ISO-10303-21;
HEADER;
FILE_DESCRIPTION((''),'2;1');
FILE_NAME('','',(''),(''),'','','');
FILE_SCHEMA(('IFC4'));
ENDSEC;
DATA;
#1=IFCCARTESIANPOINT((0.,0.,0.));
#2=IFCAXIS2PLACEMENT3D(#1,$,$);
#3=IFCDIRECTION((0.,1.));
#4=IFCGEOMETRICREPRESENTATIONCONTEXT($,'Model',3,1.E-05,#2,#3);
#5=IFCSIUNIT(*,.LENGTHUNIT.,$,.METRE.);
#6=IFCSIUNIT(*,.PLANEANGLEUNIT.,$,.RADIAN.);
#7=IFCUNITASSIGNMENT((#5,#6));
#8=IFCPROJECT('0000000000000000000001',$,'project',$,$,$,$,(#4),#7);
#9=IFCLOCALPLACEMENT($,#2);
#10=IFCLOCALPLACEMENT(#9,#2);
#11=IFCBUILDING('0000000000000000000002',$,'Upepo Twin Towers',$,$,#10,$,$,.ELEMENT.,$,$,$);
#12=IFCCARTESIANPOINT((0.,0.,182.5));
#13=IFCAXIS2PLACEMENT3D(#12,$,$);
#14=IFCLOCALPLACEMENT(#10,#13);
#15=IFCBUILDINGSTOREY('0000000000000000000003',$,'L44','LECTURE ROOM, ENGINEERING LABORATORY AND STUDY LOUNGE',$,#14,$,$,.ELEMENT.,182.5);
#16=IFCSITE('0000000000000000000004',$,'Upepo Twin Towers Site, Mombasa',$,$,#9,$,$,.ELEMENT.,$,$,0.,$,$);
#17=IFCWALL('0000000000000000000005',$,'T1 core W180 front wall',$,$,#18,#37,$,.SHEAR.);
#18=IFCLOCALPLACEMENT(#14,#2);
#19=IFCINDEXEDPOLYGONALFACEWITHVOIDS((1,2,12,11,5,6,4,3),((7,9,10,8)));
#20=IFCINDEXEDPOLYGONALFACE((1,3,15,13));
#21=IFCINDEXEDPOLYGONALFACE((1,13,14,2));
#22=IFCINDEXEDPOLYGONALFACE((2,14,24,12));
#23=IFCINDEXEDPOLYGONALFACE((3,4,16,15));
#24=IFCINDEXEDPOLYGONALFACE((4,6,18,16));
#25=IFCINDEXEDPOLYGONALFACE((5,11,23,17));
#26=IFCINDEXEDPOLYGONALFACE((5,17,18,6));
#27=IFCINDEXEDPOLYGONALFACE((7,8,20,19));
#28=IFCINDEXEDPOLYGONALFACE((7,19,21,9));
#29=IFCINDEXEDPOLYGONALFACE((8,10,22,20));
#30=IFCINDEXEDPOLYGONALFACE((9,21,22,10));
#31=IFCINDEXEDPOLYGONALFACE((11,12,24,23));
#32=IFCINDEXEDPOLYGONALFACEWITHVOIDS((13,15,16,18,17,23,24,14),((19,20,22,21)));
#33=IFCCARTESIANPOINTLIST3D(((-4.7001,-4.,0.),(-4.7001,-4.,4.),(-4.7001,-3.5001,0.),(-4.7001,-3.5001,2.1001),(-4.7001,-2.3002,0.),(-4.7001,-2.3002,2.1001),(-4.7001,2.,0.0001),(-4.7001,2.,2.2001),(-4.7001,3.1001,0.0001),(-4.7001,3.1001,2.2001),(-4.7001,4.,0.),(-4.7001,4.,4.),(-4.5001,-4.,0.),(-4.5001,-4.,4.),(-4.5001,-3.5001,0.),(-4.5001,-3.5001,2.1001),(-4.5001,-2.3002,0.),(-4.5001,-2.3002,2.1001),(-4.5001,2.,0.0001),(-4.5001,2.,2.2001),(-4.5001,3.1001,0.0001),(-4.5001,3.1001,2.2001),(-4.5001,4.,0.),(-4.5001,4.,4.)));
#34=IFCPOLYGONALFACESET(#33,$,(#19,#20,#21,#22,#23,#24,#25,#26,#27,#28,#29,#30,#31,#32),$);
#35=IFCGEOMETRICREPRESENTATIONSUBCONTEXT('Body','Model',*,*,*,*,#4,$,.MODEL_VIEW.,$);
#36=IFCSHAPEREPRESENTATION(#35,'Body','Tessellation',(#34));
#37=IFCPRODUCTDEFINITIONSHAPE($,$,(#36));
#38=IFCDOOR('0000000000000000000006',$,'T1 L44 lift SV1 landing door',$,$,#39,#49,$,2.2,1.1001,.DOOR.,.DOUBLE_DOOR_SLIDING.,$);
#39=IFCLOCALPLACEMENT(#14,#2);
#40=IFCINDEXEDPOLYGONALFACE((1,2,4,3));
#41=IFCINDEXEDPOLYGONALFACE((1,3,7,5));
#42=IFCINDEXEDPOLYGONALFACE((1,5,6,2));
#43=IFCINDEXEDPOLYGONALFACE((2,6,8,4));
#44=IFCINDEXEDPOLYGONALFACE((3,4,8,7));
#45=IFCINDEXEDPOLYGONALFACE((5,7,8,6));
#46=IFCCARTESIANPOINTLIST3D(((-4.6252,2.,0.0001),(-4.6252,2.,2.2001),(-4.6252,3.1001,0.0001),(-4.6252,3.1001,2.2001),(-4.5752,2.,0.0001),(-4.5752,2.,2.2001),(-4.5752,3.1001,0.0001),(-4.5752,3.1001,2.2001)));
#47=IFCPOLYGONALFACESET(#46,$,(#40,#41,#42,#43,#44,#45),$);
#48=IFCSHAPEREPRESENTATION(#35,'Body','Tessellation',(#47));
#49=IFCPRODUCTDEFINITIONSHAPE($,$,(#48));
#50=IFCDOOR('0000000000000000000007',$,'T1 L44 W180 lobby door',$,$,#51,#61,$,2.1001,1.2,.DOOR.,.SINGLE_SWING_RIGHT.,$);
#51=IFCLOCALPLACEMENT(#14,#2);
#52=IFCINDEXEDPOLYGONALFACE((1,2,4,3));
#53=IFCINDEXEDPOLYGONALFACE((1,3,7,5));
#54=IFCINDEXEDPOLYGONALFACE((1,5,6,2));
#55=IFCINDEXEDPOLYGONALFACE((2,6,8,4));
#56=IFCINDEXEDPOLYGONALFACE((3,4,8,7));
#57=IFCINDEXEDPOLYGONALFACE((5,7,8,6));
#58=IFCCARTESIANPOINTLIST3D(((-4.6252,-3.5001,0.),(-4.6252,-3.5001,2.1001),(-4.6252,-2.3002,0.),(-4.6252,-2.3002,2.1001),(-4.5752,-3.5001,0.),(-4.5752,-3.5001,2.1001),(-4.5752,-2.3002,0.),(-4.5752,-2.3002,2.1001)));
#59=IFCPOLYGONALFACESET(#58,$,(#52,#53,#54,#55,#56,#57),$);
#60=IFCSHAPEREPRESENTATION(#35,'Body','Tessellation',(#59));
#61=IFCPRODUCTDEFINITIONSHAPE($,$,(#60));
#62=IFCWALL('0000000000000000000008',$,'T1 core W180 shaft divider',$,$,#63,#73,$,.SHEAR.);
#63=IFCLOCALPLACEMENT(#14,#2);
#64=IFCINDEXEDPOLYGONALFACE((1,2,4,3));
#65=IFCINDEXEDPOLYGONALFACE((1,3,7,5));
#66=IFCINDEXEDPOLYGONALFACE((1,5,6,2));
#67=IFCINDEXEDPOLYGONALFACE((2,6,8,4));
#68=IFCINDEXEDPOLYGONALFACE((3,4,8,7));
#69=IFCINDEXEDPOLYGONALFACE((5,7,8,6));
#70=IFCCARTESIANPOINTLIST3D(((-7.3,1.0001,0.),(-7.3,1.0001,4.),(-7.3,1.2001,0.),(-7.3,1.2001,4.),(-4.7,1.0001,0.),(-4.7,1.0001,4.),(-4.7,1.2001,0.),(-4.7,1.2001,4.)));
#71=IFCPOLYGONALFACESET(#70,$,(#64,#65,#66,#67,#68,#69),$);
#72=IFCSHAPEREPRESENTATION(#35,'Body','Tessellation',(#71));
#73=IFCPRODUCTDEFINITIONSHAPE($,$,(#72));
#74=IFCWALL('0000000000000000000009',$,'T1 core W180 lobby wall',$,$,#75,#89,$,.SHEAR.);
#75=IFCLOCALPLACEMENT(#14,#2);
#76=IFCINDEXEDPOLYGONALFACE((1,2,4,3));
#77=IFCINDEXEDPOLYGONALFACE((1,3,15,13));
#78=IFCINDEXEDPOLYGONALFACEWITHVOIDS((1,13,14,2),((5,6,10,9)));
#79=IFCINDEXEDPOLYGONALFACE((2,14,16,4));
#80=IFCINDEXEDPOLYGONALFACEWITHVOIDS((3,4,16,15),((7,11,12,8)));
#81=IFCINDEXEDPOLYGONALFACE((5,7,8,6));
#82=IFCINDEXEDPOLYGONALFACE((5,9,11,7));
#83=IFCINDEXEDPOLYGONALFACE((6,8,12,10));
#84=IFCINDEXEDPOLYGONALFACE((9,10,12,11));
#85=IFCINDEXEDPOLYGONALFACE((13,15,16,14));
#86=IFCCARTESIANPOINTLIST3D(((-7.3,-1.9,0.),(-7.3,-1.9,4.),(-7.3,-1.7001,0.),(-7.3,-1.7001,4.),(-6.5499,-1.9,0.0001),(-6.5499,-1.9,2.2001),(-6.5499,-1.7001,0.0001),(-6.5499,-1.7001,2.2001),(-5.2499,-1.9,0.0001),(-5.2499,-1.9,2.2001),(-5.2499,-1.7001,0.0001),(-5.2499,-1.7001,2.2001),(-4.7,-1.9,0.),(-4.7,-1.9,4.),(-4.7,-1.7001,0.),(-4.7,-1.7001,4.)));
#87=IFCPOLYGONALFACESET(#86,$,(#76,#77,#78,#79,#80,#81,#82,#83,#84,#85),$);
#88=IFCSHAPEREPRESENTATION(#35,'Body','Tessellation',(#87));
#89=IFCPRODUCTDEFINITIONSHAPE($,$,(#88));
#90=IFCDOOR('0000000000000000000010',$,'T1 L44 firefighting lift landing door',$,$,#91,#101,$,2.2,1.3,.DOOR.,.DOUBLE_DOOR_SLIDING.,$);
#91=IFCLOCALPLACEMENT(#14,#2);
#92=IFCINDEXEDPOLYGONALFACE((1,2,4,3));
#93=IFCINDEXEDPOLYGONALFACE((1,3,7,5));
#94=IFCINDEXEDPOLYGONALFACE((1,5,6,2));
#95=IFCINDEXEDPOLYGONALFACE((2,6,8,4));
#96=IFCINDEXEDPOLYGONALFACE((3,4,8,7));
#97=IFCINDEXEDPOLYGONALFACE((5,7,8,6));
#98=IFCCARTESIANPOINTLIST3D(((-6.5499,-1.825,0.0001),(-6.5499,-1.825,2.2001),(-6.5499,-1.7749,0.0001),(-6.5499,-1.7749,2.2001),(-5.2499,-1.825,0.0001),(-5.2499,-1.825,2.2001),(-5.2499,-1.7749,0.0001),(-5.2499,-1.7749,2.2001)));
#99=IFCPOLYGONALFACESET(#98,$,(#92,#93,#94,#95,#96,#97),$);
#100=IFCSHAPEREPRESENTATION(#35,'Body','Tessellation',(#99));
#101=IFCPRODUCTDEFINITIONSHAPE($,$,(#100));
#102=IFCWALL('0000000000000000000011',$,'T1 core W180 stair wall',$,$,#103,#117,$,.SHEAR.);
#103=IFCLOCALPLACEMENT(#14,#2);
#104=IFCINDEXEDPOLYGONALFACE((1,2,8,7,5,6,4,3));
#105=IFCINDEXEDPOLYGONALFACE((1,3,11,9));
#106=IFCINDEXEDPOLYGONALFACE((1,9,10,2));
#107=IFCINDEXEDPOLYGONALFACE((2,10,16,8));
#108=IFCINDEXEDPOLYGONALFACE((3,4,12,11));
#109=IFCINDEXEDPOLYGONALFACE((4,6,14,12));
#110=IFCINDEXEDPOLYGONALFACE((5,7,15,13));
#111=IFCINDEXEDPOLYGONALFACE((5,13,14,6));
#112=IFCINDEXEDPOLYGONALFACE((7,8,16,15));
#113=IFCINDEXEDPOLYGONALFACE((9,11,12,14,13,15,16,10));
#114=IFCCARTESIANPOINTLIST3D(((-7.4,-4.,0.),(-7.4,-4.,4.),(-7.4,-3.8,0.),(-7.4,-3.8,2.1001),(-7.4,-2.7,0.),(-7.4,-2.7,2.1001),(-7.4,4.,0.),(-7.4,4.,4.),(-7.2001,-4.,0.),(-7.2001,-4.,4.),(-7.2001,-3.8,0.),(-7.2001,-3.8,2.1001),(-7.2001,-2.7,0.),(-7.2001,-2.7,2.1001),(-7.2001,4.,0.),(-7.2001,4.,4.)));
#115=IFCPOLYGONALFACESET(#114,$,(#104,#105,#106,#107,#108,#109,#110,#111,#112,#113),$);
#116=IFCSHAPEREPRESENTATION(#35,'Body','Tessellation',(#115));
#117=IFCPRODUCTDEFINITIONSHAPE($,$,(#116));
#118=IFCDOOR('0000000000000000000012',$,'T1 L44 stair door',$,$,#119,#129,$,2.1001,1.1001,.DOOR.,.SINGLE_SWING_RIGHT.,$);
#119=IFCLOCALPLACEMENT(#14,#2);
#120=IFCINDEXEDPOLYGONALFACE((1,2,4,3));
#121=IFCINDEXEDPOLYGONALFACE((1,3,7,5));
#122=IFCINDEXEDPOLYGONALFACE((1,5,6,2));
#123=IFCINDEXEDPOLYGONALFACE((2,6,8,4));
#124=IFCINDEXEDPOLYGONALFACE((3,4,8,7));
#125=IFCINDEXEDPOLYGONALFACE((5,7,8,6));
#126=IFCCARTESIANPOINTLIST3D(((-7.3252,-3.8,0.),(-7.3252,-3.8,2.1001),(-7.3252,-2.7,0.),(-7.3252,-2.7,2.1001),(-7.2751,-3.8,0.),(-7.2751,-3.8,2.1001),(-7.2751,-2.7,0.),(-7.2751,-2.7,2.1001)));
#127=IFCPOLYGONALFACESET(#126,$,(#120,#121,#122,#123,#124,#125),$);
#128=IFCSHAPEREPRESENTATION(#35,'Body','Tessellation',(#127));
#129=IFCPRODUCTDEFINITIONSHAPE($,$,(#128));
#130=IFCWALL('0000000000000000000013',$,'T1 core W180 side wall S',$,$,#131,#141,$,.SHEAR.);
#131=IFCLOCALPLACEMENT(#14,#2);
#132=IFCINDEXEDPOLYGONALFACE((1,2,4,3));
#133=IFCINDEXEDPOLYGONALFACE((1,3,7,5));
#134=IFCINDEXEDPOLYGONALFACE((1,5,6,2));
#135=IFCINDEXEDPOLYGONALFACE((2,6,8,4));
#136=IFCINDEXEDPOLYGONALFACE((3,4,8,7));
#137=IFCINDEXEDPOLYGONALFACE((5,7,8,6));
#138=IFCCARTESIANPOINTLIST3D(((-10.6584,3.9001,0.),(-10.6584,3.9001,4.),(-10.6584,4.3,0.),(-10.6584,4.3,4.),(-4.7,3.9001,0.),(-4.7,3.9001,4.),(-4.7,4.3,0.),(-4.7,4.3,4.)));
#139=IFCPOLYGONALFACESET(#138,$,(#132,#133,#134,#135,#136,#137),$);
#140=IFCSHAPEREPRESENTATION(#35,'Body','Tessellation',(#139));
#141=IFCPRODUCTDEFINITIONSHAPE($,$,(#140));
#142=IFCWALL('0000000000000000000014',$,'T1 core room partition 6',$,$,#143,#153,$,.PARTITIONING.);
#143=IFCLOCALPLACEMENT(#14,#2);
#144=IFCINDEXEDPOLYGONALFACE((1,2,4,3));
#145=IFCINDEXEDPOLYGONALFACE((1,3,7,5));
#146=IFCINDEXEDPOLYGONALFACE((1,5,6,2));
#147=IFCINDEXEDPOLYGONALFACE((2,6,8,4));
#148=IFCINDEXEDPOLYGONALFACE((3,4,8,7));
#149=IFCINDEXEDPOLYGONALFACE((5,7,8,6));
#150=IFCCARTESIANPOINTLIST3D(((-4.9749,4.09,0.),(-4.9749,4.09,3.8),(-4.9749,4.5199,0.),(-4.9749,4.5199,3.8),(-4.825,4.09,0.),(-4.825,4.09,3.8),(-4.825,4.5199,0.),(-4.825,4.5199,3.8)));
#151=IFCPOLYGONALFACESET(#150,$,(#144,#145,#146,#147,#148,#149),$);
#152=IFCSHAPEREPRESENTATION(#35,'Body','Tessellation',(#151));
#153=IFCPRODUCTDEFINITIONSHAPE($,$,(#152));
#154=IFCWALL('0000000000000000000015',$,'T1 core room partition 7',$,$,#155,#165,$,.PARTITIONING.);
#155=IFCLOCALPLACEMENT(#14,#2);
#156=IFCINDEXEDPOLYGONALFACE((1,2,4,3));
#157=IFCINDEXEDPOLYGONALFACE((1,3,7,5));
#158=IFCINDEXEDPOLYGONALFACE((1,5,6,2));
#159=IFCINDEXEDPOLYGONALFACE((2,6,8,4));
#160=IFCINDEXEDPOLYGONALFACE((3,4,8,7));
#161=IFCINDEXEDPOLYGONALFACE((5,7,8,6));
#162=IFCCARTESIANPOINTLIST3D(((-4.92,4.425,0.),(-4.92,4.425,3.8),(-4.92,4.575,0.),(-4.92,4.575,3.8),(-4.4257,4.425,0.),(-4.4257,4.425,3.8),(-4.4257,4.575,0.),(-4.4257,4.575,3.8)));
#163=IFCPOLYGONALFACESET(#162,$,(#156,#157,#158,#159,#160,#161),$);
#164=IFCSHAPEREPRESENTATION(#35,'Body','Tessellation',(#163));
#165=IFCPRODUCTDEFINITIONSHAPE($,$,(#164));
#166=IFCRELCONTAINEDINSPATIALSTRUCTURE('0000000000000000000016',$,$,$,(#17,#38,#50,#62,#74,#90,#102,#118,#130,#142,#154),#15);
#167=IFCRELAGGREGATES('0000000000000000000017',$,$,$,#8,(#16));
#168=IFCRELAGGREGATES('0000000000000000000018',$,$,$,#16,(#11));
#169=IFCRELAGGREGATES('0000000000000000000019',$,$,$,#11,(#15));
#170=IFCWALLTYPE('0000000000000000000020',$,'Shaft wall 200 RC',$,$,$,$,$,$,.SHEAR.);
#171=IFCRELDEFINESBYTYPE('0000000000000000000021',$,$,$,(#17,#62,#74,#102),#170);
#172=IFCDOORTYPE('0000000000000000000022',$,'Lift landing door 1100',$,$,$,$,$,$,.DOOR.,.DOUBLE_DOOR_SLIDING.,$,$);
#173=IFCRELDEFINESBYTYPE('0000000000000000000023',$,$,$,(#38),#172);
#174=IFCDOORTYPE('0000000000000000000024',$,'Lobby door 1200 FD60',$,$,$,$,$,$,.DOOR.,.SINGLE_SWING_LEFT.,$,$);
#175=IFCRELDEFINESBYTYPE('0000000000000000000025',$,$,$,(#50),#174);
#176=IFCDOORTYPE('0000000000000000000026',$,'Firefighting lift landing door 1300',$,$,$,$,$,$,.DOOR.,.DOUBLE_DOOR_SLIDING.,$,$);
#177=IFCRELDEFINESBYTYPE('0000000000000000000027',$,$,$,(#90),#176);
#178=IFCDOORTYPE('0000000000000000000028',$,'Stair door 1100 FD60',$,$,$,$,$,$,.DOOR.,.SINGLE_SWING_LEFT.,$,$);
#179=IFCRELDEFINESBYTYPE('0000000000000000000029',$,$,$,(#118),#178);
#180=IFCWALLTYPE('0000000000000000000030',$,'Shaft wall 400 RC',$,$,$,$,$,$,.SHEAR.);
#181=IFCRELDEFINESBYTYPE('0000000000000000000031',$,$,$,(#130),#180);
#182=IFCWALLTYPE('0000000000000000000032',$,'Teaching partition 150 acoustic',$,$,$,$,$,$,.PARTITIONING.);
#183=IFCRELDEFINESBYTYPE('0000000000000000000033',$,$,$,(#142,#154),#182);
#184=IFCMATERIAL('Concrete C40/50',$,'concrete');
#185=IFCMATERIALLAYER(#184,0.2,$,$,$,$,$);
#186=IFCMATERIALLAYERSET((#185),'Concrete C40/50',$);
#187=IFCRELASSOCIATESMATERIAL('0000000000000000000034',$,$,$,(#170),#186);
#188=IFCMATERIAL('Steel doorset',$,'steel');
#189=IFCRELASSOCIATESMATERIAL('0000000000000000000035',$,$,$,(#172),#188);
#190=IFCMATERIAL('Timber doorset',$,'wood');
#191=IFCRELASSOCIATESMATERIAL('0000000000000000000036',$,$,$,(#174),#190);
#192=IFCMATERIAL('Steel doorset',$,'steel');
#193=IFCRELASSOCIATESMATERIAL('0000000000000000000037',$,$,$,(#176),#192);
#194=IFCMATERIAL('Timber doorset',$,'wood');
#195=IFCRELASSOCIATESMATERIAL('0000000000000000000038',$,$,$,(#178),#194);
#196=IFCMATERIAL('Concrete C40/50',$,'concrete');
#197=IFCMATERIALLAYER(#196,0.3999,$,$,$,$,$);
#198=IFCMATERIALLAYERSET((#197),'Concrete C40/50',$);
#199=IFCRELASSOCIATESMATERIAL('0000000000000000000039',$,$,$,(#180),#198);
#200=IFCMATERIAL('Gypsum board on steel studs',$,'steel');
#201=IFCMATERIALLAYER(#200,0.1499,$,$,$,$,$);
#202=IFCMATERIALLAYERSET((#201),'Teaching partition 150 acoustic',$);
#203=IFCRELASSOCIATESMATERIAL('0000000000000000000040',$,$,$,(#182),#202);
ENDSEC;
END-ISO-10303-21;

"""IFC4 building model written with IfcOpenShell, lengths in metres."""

from ifc_helpers import new_model, si_unit, direction, frame, frame_2d, origin, place, context, subcontext, project, spatial, rectangle, extrude, material, layer, layer_set, type_object, element, fill, save


model = new_model("IFC4")

# Units and contexts
model_context = context("Model", 3, precision=1e-05, world=origin(), true_north=direction((0.0, 1.0)))
body_context = subcontext(model_context, "Body", "Model", "MODEL_VIEW")
ifc_project = project(units=[si_unit("LENGTHUNIT", "METRE"), si_unit("PLANEANGLEUNIT", "RADIAN")], contexts=[model_context])

# Site, building, storey
site_placement = place(None, origin())
site = spatial("IfcSite", under=ifc_project, at=site_placement, Name="Upepo Twin Towers Site, Mombasa", CompositionType="ELEMENT", RefElevation=0.0)
building_placement = place(site_placement, origin())
building = spatial("IfcBuilding", under=site, at=building_placement, Name="Upepo Twin Towers", CompositionType="ELEMENT")
storey_placement = place(building_placement, frame((0.0, 0.0, 182.5)))
storey = spatial("IfcBuildingStorey", under=building, at=storey_placement, Name="L44", Description="LECTURE ROOM, ENGINEERING LABORATORY AND STUDY LOUNGE", CompositionType="ELEMENT", Elevation=182.5)

# Wall, openings, doors
ifc_material_1 = material(Name="Concrete C40/50", Category="concrete")
ifc_layer_1 = layer(ifc_material_1, 0.2)
ifc_layer_set_1 = layer_set([ifc_layer_1], Name="Concrete C40/50")
wall_type_1 = type_object("IfcWallType", Name="Shaft wall 200 RC", PredefinedType="SHEAR", material=ifc_layer_set_1)
wall_1_placement = place(storey_placement, frame((-4.6001, 4.0, 0.0), z_axis=(0.0, 0.0, 1.0), x_axis=(0.0, -1.0, 0.0)))
wall_1 = element("IfcWall", 1, at=wall_1_placement, inside=storey, type_object=wall_type_1, Name="T1 core W180 front wall", PredefinedType="SHEAR", context=body_context, shape_type="SweptSolid", body=[
    extrude(rectangle(XDim=8.0, YDim=0.2, at=frame_2d((4.0, 0.0))), origin(), (0.0, 0.0, 1.0), 4.0),
])
opening_1_placement = place(wall_1_placement, frame((6.3, 0.0, 0.0)))
opening_1 = element("IfcOpeningElement", 2, at=opening_1_placement, cuts=wall_1, PredefinedType="OPENING", context=body_context, shape_type="SweptSolid", body=[
    extrude(rectangle(XDim=1.2, YDim=2.1001, at=frame_2d((0.6001, 1.05))), frame((0.0, 0.1099, 0.0), z_axis=(0.0, -1.0, 0.0), x_axis=(1.0, 0.0, 0.0)), (0.0, 0.0, 1.0), 0.22),
])
opening_2_placement = place(wall_1_placement, frame((0.8999, 0.0, 0.0)))
opening_2 = element("IfcOpeningElement", 3, at=opening_2_placement, cuts=wall_1, PredefinedType="OPENING", context=body_context, shape_type="SweptSolid", body=[
    extrude(rectangle(XDim=1.1001, YDim=2.2, at=frame_2d((0.55, 1.1001))), frame((0.0, 0.1099, 0.0), z_axis=(0.0, -1.0, 0.0), x_axis=(1.0, 0.0, 0.0)), (0.0, 0.0, 1.0), 0.22),
])
ifc_material_2 = material(Name="Steel doorset", Category="steel")
door_type_1 = type_object("IfcDoorType", Name="Lift landing door 1100", OperationType="DOUBLE_DOOR_SLIDING", PredefinedType="DOOR", material=ifc_material_2)
door_1_placement = place(opening_2_placement, origin())
door_1 = element("IfcDoor", 4, at=door_1_placement, inside=storey, type_object=door_type_1, Name="T1 L44 lift SV1 landing door", OperationType="DOUBLE_DOOR_SLIDING", OverallHeight=2.2, OverallWidth=1.1001, PredefinedType="DOOR", context=body_context, shape_type="SweptSolid", body=[
    extrude(rectangle(XDim=1.1001, YDim=2.2, at=frame_2d((0.55, 1.1001))), frame((0.0, 0.0249, 0.0), z_axis=(0.0, -1.0, 0.0), x_axis=(1.0, 0.0, 0.0)), (0.0, 0.0, 1.0), 0.05),
])
fill(opening_2, door_1)
ifc_material_3 = material(Name="Timber doorset", Category="wood")
door_type_2 = type_object("IfcDoorType", Name="Lobby door 1200 FD60", OperationType="SINGLE_SWING_LEFT", PredefinedType="DOOR", material=ifc_material_3)
door_2_placement = place(opening_1_placement, origin())
door_2 = element("IfcDoor", 5, at=door_2_placement, inside=storey, type_object=door_type_2, Name="T1 L44 W180 lobby door", OperationType="SINGLE_SWING_RIGHT", OverallHeight=2.1001, OverallWidth=1.2, PredefinedType="DOOR", context=body_context, shape_type="SweptSolid", body=[
    extrude(rectangle(XDim=1.2, YDim=2.1001, at=frame_2d((0.6001, 1.05))), frame((0.0, 0.0249, 0.0), z_axis=(0.0, -1.0, 0.0), x_axis=(1.0, 0.0, 0.0)), (0.0, 0.0, 1.0), 0.05),
])
fill(opening_1, door_2)

# Wall
wall_2_placement = place(storey_placement, frame((-4.7, 1.1001, 0.0), z_axis=(0.0, 0.0, 1.0), x_axis=(-1.0, 0.0, 0.0)))
element("IfcWall", 6, at=wall_2_placement, inside=storey, type_object=wall_type_1, Name="T1 core W180 shaft divider", PredefinedType="SHEAR", context=body_context, shape_type="SweptSolid", body=[
    extrude(rectangle(XDim=2.6001, YDim=0.2, at=frame_2d((1.3, 0.0))), origin(), (0.0, 0.0, 1.0), 4.0),
])

# Walls, openings, doors
wall_3_placement = place(storey_placement, frame((-4.7, -1.8, 0.0), z_axis=(0.0, 0.0, 1.0), x_axis=(-1.0, 0.0, 0.0)))
wall_3 = element("IfcWall", 7, at=wall_3_placement, inside=storey, type_object=wall_type_1, Name="T1 core W180 lobby wall", PredefinedType="SHEAR", context=body_context, shape_type="SweptSolid", body=[
    extrude(rectangle(XDim=2.6001, YDim=0.2, at=frame_2d((1.3, 0.0))), origin(), (0.0, 0.0, 1.0), 4.0),
])
opening_3_placement = place(wall_3_placement, frame((0.55, 0.0, 0.0)))
opening_3 = element("IfcOpeningElement", 8, at=opening_3_placement, cuts=wall_3, PredefinedType="OPENING", context=body_context, shape_type="SweptSolid", body=[
    extrude(rectangle(XDim=1.3, YDim=2.2, at=frame_2d((0.6499, 1.1001))), frame((0.0, 0.1099, 0.0), z_axis=(0.0, -1.0, 0.0), x_axis=(1.0, 0.0, 0.0)), (0.0, 0.0, 1.0), 0.22),
])
ifc_material_4 = material(Name="Steel doorset", Category="steel")
door_type_3 = type_object("IfcDoorType", Name="Firefighting lift landing door 1300", OperationType="DOUBLE_DOOR_SLIDING", PredefinedType="DOOR", material=ifc_material_4)
door_3_placement = place(opening_3_placement, origin())
door_3 = element("IfcDoor", 9, at=door_3_placement, inside=storey, type_object=door_type_3, Name="T1 L44 firefighting lift landing door", OperationType="DOUBLE_DOOR_SLIDING", OverallHeight=2.2, OverallWidth=1.3, PredefinedType="DOOR", context=body_context, shape_type="SweptSolid", body=[
    extrude(rectangle(XDim=1.3, YDim=2.2, at=frame_2d((0.6499, 1.1001))), frame((0.0, 0.0249, 0.0), z_axis=(0.0, -1.0, 0.0), x_axis=(1.0, 0.0, 0.0)), (0.0, 0.0, 1.0), 0.05),
])
fill(opening_3, door_3)
wall_4_placement = place(storey_placement, frame((-7.3, 4.0, 0.0), z_axis=(0.0, 0.0, 1.0), x_axis=(0.0, -1.0, 0.0)))
wall_4 = element("IfcWall", 10, at=wall_4_placement, inside=storey, type_object=wall_type_1, Name="T1 core W180 stair wall", PredefinedType="SHEAR", context=body_context, shape_type="SweptSolid", body=[
    extrude(rectangle(XDim=8.0, YDim=0.2, at=frame_2d((4.0, 0.0))), origin(), (0.0, 0.0, 1.0), 4.0),
])
opening_4_placement = place(wall_4_placement, frame((6.7, 0.0, 0.0)))
opening_4 = element("IfcOpeningElement", 11, at=opening_4_placement, cuts=wall_4, PredefinedType="OPENING", context=body_context, shape_type="SweptSolid", body=[
    extrude(rectangle(XDim=1.1001, YDim=2.1001, at=frame_2d((0.55, 1.05))), frame((0.0, 0.1099, 0.0), z_axis=(0.0, -1.0, 0.0), x_axis=(1.0, 0.0, 0.0)), (0.0, 0.0, 1.0), 0.22),
])
ifc_material_5 = material(Name="Timber doorset", Category="wood")
door_type_4 = type_object("IfcDoorType", Name="Stair door 1100 FD60", OperationType="SINGLE_SWING_LEFT", PredefinedType="DOOR", material=ifc_material_5)
door_4_placement = place(opening_4_placement, origin())
door_4 = element("IfcDoor", 12, at=door_4_placement, inside=storey, type_object=door_type_4, Name="T1 L44 stair door", OperationType="SINGLE_SWING_RIGHT", OverallHeight=2.1001, OverallWidth=1.1001, PredefinedType="DOOR", context=body_context, shape_type="SweptSolid", body=[
    extrude(rectangle(XDim=1.1001, YDim=2.1001, at=frame_2d((0.55, 1.05))), frame((0.0, 0.0249, 0.0), z_axis=(0.0, -1.0, 0.0), x_axis=(1.0, 0.0, 0.0)), (0.0, 0.0, 1.0), 0.05),
])
fill(opening_4, door_4)

# Walls
ifc_material_6 = material(Name="Concrete C40/50", Category="concrete")
ifc_layer_2 = layer(ifc_material_6, 0.3999)
ifc_layer_set_2 = layer_set([ifc_layer_2], Name="Concrete C40/50")
wall_type_2 = type_object("IfcWallType", Name="Shaft wall 400 RC", PredefinedType="SHEAR", material=ifc_layer_set_2)
wall_5_placement = place(storey_placement, frame((-4.7, 4.1001, 0.0), z_axis=(0.0, 0.0, 1.0), x_axis=(-1.0, 0.0, 0.0)))
element("IfcWall", 13, at=wall_5_placement, inside=storey, type_object=wall_type_2, Name="T1 core W180 side wall S", PredefinedType="SHEAR", context=body_context, shape_type="SweptSolid", body=[
    extrude(rectangle(XDim=5.9585, YDim=0.3999, at=frame_2d((2.9792, 0.0))), origin(), (0.0, 0.0, 1.0), 4.0),
])
ifc_material_7 = material(Name="Gypsum board on steel studs", Category="steel")
ifc_layer_3 = layer(ifc_material_7, 0.1499)
ifc_layer_set_3 = layer_set([ifc_layer_3], Name="Teaching partition 150 acoustic")
wall_type_3 = type_object("IfcWallType", Name="Teaching partition 150 acoustic", PredefinedType="PARTITIONING", material=ifc_layer_set_3)
wall_6_placement = place(storey_placement, frame((-4.8999, 4.0901, 0.0), z_axis=(0.0, 0.0, 1.0), x_axis=(0.0, 1.0, 0.0)))
element("IfcWall", 14, at=wall_6_placement, inside=storey, type_object=wall_type_3, Name="T1 core room partition 6", PredefinedType="PARTITIONING", context=body_context, shape_type="SweptSolid", body=[
    extrude(rectangle(XDim=0.4299, YDim=0.1499, at=frame_2d((0.2148, 0.0))), origin(), (0.0, 0.0, 1.0), 3.8),
])
wall_7_placement = place(storey_placement, frame((-4.9199, 4.5, 0.0), z_axis=(0.0, 0.0, 1.0), x_axis=(1.0, 0.0, 0.0)))
element("IfcWall", 15, at=wall_7_placement, inside=storey, type_object=wall_type_3, Name="T1 core room partition 7", PredefinedType="PARTITIONING", context=body_context, shape_type="SweptSolid", body=[
    extrude(rectangle(XDim=0.4944, YDim=0.1499, at=frame_2d((0.2471, 0.0))), origin(), (0.0, 0.0, 1.0), 3.8),
])

save(model, "model.ifc")
